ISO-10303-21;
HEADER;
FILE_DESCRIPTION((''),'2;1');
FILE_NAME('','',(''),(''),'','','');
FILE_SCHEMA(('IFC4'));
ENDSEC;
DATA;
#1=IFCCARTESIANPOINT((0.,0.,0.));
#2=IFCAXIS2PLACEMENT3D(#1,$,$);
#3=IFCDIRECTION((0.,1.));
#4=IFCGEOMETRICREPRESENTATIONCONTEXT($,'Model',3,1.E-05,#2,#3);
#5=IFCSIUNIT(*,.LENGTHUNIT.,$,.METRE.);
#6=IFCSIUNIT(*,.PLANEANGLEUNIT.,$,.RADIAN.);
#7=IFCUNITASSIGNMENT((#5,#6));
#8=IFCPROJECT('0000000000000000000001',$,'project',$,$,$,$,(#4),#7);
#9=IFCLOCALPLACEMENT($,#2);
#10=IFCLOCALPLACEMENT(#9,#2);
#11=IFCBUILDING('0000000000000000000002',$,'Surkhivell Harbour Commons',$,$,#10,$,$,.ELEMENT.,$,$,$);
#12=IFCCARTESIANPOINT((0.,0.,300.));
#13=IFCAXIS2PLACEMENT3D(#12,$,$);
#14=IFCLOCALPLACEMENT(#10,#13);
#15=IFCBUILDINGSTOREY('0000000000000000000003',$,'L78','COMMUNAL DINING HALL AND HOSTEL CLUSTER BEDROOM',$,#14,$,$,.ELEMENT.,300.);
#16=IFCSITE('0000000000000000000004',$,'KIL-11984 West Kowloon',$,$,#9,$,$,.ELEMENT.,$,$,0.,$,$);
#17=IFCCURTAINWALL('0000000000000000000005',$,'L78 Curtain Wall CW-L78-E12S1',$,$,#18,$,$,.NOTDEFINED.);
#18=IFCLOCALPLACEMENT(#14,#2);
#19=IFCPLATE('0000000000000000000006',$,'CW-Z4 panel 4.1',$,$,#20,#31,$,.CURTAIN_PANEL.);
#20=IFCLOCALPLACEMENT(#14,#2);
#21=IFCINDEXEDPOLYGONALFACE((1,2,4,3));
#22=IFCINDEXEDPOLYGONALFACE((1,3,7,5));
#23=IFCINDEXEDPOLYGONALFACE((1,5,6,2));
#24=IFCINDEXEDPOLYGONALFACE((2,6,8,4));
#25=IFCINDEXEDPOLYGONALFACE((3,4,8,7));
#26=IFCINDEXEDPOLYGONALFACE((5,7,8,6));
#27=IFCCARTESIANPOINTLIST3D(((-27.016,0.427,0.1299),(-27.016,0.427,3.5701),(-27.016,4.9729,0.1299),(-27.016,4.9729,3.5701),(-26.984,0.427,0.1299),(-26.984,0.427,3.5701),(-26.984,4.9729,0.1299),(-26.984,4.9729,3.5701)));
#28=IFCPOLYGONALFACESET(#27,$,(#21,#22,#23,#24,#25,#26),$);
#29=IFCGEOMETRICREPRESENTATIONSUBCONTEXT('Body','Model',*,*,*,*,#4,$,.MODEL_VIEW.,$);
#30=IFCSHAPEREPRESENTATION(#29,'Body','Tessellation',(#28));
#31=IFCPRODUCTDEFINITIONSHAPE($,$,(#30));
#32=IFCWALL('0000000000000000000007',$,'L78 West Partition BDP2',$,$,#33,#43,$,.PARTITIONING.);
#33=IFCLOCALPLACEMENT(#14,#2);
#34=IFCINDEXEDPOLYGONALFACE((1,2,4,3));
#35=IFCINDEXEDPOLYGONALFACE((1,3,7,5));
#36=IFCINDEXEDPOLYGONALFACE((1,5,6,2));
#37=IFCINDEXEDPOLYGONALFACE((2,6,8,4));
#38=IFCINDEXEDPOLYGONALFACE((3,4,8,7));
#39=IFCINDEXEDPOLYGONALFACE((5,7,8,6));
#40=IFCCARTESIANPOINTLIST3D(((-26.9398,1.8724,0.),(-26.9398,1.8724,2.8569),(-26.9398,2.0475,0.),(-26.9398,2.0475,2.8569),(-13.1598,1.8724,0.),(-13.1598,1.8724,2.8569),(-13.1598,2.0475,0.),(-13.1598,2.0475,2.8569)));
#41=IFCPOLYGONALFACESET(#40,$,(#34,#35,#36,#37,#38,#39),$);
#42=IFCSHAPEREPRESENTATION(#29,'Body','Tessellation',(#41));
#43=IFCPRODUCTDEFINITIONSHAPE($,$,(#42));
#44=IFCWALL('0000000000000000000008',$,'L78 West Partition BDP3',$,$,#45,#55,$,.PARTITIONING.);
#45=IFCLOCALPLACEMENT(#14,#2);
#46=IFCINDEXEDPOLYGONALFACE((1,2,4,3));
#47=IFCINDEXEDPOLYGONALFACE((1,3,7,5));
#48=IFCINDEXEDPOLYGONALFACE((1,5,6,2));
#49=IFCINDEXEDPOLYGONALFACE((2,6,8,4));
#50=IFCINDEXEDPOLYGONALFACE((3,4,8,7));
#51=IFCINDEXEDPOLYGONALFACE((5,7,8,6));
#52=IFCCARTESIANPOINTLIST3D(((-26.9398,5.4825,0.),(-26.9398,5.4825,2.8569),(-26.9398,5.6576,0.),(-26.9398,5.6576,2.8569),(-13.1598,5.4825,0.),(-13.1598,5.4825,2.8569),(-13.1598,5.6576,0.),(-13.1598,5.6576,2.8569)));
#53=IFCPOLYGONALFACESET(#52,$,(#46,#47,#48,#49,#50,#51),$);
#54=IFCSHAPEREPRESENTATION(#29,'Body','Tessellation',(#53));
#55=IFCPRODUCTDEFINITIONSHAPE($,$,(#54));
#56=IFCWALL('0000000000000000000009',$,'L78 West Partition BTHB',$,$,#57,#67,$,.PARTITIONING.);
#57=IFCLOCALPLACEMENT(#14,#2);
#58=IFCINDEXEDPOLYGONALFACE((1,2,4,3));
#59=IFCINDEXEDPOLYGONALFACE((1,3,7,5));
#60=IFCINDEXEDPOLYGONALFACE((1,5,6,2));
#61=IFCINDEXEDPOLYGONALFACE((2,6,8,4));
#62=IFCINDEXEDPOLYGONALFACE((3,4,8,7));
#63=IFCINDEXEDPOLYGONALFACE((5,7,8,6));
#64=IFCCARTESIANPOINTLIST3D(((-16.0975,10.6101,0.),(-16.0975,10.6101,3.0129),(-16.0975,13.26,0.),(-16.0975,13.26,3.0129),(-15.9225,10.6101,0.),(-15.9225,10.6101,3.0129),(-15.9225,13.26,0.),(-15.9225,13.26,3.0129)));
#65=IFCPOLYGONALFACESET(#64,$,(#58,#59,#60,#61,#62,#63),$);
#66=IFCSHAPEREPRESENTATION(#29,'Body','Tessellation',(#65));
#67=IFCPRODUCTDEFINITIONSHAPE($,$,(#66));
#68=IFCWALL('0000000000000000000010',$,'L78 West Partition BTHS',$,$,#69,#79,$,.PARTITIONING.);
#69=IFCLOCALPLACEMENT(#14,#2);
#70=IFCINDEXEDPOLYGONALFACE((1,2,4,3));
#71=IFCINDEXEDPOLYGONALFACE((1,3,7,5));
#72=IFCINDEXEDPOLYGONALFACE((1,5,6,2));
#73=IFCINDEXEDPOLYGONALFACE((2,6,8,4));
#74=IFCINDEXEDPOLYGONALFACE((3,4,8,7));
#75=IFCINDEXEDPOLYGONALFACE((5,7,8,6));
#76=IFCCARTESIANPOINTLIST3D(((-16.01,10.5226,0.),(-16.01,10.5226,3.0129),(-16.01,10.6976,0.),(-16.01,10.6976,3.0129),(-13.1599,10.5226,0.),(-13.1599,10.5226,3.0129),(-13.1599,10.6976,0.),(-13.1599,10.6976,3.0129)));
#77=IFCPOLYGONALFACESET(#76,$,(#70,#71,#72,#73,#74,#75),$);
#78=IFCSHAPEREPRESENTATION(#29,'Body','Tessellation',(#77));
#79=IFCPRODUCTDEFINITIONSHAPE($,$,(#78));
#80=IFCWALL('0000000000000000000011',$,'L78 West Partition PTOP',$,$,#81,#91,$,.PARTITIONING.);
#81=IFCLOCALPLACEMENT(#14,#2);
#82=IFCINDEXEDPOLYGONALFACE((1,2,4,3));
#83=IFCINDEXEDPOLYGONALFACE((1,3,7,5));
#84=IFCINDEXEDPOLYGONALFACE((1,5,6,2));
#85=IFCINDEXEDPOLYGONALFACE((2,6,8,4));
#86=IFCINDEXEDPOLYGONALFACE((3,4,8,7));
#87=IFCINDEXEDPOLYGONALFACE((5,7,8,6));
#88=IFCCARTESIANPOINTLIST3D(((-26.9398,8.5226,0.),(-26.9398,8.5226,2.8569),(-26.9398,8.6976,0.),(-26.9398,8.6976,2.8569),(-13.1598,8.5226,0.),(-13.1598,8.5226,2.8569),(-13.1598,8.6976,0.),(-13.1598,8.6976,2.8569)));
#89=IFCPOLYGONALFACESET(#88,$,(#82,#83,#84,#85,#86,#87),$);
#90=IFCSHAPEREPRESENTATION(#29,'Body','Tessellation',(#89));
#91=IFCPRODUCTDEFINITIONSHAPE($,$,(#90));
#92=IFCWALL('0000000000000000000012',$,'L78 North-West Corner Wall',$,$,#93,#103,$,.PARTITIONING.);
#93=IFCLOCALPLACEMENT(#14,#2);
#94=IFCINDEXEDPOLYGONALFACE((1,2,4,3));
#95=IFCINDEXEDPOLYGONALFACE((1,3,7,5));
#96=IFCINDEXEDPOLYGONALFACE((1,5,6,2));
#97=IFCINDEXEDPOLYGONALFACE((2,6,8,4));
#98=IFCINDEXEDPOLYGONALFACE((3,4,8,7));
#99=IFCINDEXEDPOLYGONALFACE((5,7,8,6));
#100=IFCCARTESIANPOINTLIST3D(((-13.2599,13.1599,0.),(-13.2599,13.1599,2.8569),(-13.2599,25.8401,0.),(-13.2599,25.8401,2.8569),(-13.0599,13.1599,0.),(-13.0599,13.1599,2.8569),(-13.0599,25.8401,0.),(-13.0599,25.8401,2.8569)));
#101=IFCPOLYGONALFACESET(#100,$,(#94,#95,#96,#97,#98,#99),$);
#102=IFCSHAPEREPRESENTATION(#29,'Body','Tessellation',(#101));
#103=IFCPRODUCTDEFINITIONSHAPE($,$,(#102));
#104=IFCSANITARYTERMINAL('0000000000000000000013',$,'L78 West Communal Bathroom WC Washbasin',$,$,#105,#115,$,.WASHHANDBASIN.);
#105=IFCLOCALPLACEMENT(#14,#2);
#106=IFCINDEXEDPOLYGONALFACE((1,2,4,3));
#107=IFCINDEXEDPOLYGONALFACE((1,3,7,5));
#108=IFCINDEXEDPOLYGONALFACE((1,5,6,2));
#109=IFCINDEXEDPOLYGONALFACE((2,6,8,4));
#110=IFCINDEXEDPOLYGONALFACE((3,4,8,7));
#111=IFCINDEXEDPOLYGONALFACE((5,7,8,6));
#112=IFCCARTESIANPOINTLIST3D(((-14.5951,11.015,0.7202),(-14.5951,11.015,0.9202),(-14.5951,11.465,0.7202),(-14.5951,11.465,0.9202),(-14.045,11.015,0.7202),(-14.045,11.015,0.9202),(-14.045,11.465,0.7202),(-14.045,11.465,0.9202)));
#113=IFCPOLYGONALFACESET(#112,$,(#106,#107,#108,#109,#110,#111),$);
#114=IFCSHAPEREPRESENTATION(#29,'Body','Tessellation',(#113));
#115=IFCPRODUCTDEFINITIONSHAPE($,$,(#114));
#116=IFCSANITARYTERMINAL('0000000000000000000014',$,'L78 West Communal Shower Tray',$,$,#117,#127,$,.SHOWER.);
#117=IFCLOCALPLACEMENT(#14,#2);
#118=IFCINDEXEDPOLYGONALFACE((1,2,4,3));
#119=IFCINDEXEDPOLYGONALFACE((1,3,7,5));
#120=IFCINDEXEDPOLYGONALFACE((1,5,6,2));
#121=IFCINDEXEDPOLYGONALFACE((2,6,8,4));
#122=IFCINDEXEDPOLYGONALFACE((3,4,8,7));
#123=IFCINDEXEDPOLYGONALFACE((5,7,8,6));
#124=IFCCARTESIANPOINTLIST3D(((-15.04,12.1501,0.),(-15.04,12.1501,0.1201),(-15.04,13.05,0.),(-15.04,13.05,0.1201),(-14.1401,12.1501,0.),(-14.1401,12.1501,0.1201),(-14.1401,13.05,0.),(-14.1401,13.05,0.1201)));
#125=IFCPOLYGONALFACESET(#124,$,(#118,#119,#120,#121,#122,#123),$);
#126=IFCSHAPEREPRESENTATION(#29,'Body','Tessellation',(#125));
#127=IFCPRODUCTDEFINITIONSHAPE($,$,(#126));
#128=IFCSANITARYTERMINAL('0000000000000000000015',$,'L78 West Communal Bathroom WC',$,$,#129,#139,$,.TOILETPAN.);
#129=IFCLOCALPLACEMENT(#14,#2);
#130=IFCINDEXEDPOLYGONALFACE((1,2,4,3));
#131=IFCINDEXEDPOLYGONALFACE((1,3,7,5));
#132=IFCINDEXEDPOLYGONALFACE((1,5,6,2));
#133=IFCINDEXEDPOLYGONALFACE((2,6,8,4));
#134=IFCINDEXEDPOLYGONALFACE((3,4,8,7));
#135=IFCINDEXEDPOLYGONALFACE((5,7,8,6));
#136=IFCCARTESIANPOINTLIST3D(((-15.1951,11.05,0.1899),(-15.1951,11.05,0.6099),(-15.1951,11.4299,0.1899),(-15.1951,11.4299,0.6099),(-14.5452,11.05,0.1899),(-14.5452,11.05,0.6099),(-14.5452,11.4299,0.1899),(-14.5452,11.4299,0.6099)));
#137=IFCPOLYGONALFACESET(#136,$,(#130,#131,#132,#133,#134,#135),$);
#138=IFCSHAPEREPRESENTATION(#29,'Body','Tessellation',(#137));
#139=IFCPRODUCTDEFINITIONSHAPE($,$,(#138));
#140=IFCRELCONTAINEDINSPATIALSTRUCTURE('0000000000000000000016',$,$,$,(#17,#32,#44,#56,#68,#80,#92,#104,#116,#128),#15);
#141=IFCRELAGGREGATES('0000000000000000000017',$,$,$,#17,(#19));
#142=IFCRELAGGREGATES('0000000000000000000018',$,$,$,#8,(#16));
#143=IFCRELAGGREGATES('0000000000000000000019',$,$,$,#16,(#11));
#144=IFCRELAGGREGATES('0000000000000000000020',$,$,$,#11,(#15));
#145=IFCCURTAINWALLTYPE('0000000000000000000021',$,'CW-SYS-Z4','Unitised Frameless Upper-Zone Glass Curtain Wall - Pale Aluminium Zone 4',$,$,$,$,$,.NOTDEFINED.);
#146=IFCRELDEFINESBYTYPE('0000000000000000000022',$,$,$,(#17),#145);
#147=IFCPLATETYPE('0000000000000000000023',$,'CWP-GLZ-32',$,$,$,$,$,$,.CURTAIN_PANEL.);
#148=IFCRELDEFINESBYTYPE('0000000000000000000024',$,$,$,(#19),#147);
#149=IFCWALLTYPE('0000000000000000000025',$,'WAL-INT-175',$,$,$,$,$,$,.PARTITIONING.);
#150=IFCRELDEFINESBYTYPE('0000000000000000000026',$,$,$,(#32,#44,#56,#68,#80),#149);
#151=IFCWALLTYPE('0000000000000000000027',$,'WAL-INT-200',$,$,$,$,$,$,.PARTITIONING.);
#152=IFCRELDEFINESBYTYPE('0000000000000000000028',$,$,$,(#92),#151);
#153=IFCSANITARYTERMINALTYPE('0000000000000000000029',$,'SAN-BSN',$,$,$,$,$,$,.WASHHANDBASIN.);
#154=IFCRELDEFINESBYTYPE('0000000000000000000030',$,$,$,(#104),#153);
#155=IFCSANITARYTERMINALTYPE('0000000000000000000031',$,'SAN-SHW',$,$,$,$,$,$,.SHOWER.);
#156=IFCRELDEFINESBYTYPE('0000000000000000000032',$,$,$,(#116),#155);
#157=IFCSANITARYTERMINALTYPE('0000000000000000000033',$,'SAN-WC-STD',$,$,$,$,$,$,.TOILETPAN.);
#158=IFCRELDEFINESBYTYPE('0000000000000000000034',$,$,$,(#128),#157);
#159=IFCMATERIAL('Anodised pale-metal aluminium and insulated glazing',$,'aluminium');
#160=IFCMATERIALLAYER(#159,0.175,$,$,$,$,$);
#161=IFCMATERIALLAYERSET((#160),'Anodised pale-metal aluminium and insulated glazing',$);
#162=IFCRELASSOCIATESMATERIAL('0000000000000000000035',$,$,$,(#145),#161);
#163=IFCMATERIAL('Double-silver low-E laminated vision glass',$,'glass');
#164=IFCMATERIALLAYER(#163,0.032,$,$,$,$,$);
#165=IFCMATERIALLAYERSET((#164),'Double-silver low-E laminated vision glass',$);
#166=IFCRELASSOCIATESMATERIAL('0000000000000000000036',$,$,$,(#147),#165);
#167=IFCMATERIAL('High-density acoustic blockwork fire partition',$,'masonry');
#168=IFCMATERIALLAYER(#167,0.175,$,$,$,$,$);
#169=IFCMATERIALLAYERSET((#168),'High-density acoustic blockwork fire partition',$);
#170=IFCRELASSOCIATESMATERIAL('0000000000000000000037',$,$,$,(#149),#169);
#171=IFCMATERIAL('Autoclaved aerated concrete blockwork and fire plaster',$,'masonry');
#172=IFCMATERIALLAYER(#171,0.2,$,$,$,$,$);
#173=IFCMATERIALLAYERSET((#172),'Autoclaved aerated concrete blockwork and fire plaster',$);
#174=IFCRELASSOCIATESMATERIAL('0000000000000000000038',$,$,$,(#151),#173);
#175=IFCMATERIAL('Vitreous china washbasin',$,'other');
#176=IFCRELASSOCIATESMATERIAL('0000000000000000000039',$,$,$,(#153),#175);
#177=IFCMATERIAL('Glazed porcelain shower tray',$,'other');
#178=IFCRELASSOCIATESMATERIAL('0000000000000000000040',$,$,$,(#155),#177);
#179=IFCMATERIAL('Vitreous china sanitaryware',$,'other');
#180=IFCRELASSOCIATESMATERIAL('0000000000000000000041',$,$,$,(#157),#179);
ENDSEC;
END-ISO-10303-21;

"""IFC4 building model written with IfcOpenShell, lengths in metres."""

from ifc_helpers import new_model, si_unit, direction, frame, frame_2d, origin, origin_2d, place, context, subcontext, project, spatial, rectangle, extrude, material, layer, layer_set, type_object, element, aggregate, save


model = new_model("IFC4")

# Units and contexts
model_context = context("Model", 3, precision=1e-05, world=origin(), true_north=direction((0.0, 1.0)))
body_context = subcontext(model_context, "Body", "Model", "MODEL_VIEW")
ifc_project = project(units=[si_unit("LENGTHUNIT", "METRE"), si_unit("PLANEANGLEUNIT", "RADIAN")], contexts=[model_context])

# Site, building, storey
site_placement = place(None, origin())
site = spatial("IfcSite", under=ifc_project, at=site_placement, Name="KIL-11984 West Kowloon", CompositionType="ELEMENT", RefElevation=0.0)
building_placement = place(site_placement, origin())
building = spatial("IfcBuilding", under=site, at=building_placement, Name="Surkhivell Harbour Commons", CompositionType="ELEMENT")
storey_placement = place(building_placement, frame((0.0, 0.0, 300.0)))
storey = spatial("IfcBuildingStorey", under=building, at=storey_placement, Name="L78", Description="COMMUNAL DINING HALL AND HOSTEL CLUSTER BEDROOM", CompositionType="ELEMENT", Elevation=300.0)

# Curtain wall, plate
ifc_material_1 = material(Name="Anodised pale-metal aluminium and insulated glazing", Category="aluminium")
ifc_layer_1 = layer(ifc_material_1, 0.175)
ifc_layer_set_1 = layer_set([ifc_layer_1], Name="Anodised pale-metal aluminium and insulated glazing")
curtain_wall_type = type_object("IfcCurtainWallType", Name="CW-SYS-Z4", Description="Unitised Frameless Upper-Zone Glass Curtain Wall - Pale Aluminium Zone 4", PredefinedType="NOTDEFINED", material=ifc_layer_set_1)
curtain_wall_placement = place(storey_placement, origin())
curtain_wall = element("IfcCurtainWall", 1, at=curtain_wall_placement, inside=storey, type_object=curtain_wall_type, Name="L78 Curtain Wall CW-L78-E12S1", PredefinedType="NOTDEFINED")
ifc_material_2 = material(Name="Double-silver low-E laminated vision glass", Category="glass")
ifc_layer_2 = layer(ifc_material_2, 0.032)
ifc_layer_set_2 = layer_set([ifc_layer_2], Name="Double-silver low-E laminated vision glass")
plate_type = type_object("IfcPlateType", Name="CWP-GLZ-32", PredefinedType="CURTAIN_PANEL", material=ifc_layer_set_2)
plate_1_placement = place(storey_placement, frame((-27.0, 4.9729, 0.1299), z_axis=(0.0, 0.0, 1.0), x_axis=(0.0, -1.0, 0.0)))
plate_1 = element("IfcPlate", 2, at=plate_1_placement, type_object=plate_type, Name="CW-Z4 panel 4.1", PredefinedType="CURTAIN_PANEL", context=body_context, shape_type="SweptSolid", body=[
    extrude(rectangle(XDim=4.5459, YDim=0.032, at=frame_2d((2.2729, 0.0))), origin(), (0.0, 0.0, 1.0), 3.4402),
])
aggregate(curtain_wall, [plate_1])

# Walls
ifc_material_3 = material(Name="High-density acoustic blockwork fire partition", Category="masonry")
ifc_layer_3 = layer(ifc_material_3, 0.175)
ifc_layer_set_3 = layer_set([ifc_layer_3], Name="High-density acoustic blockwork fire partition")
wall_type_1 = type_object("IfcWallType", Name="WAL-INT-175", PredefinedType="PARTITIONING", material=ifc_layer_set_3)
for number, where, z_axis, x_axis, name in (
    (3, (-26.9399, 1.96, 0.0), (0.0, 0.0, 1.0), (1.0, 0.0, 0.0), "L78 West Partition BDP2"),
    (4, (-26.9399, 5.5701, 0.0), (0.0, 0.0, 1.0), (1.0, 0.0, 0.0), "L78 West Partition BDP3"),
):
    element("IfcWall", number, at=place(storey_placement, frame(where, z_axis=z_axis, x_axis=x_axis)), inside=storey, type_object=wall_type_1, Name=name, PredefinedType="PARTITIONING", context=body_context, shape_type="SweptSolid", body=[
        extrude(rectangle(XDim=13.78, YDim=0.175, at=frame_2d((6.8901, 0.0))), origin(), (0.0, 0.0, 1.0), 2.8569),
    ])
wall_1_placement = place(storey_placement, frame((-16.01, 10.6101, 0.0), z_axis=(0.0, 0.0, 1.0), x_axis=(0.0, 1.0, 0.0)))
element("IfcWall", 5, at=wall_1_placement, inside=storey, type_object=wall_type_1, Name="L78 West Partition BTHB", PredefinedType="PARTITIONING", context=body_context, shape_type="SweptSolid", body=[
    extrude(rectangle(XDim=2.6499, YDim=0.175, at=frame_2d((1.325, 0.0))), origin(), (0.0, 0.0, 1.0), 3.0129),
])
wall_2_placement = place(storey_placement, frame((-16.01, 10.6101, 0.0), z_axis=(0.0, 0.0, 1.0), x_axis=(1.0, 0.0, 0.0)))
element("IfcWall", 6, at=wall_2_placement, inside=storey, type_object=wall_type_1, Name="L78 West Partition BTHS", PredefinedType="PARTITIONING", context=body_context, shape_type="SweptSolid", body=[
    extrude(rectangle(XDim=2.8501, YDim=0.175, at=frame_2d((1.425, 0.0))), origin(), (0.0, 0.0, 1.0), 3.0129),
])
wall_3_placement = place(storey_placement, frame((-26.9399, 8.6101, 0.0), z_axis=(0.0, 0.0, 1.0), x_axis=(1.0, 0.0, 0.0)))
element("IfcWall", 7, at=wall_3_placement, inside=storey, type_object=wall_type_1, Name="L78 West Partition PTOP", PredefinedType="PARTITIONING", context=body_context, shape_type="SweptSolid", body=[
    extrude(rectangle(XDim=13.78, YDim=0.175, at=frame_2d((6.8901, 0.0))), origin(), (0.0, 0.0, 1.0), 2.8569),
])
ifc_material_4 = material(Name="Autoclaved aerated concrete blockwork and fire plaster", Category="masonry")
ifc_layer_4 = layer(ifc_material_4, 0.2)
ifc_layer_set_4 = layer_set([ifc_layer_4], Name="Autoclaved aerated concrete blockwork and fire plaster")
wall_type_2 = type_object("IfcWallType", Name="WAL-INT-200", PredefinedType="PARTITIONING", material=ifc_layer_set_4)
wall_4_placement = place(storey_placement, frame((-13.1599, 13.1599, 0.0), z_axis=(0.0, 0.0, 1.0), x_axis=(0.0, 1.0, 0.0)))
element("IfcWall", 8, at=wall_4_placement, inside=storey, type_object=wall_type_2, Name="L78 North-West Corner Wall", PredefinedType="PARTITIONING", context=body_context, shape_type="SweptSolid", body=[
    extrude(rectangle(XDim=12.6802, YDim=0.2, at=frame_2d((6.3401, 0.0))), origin(), (0.0, 0.0, 1.0), 2.8569),
])

# Sanitary terminals
ifc_material_5 = material(Name="Vitreous china washbasin", Category="other")
sanitary_terminal_type_1 = type_object("IfcSanitaryTerminalType", Name="SAN-BSN", PredefinedType="WASHHANDBASIN", material=ifc_material_5)
sanitary_terminal_1_placement = place(storey_placement, frame((-14.3201, 11.24, 0.7202), z_axis=(0.0, 0.0, 1.0), x_axis=(1.0, 0.0, 0.0)))
element("IfcSanitaryTerminal", 9, at=sanitary_terminal_1_placement, inside=storey, type_object=sanitary_terminal_type_1, Name="L78 West Communal Bathroom WC Washbasin", PredefinedType="WASHHANDBASIN", context=body_context, shape_type="SweptSolid", body=[
    extrude(rectangle(XDim=0.55, YDim=0.45, at=origin_2d()), origin(), (0.0, 0.0, 1.0), 0.2),
])
ifc_material_6 = material(Name="Glazed porcelain shower tray", Category="other")
sanitary_terminal_type_2 = type_object("IfcSanitaryTerminalType", Name="SAN-SHW", PredefinedType="SHOWER", material=ifc_material_6)
sanitary_terminal_2_placement = place(storey_placement, frame((-14.5901, 12.6001, 0.0), z_axis=(0.0, 0.0, 1.0), x_axis=(1.0, 0.0, 0.0)))
element("IfcSanitaryTerminal", 10, at=sanitary_terminal_2_placement, inside=storey, type_object=sanitary_terminal_type_2, Name="L78 West Communal Shower Tray", PredefinedType="SHOWER", context=body_context, shape_type="SweptSolid", body=[
    extrude(rectangle(XDim=0.8999, YDim=0.8999, at=origin_2d()), origin(), (0.0, 0.0, 1.0), 0.1201),
])
ifc_material_7 = material(Name="Vitreous china sanitaryware", Category="other")
sanitary_terminal_type_3 = type_object("IfcSanitaryTerminalType", Name="SAN-WC-STD", PredefinedType="TOILETPAN", material=ifc_material_7)
sanitary_terminal_3_placement = place(storey_placement, frame((-14.8701, 11.24, 0.1899), z_axis=(0.0, 0.0, 1.0), x_axis=(1.0, 0.0, 0.0)))
element("IfcSanitaryTerminal", 11, at=sanitary_terminal_3_placement, inside=storey, type_object=sanitary_terminal_type_3, Name="L78 West Communal Bathroom WC", PredefinedType="TOILETPAN", context=body_context, shape_type="SweptSolid", body=[
    extrude(rectangle(XDim=0.6499, YDim=0.3799, at=origin_2d()), origin(), (0.0, 0.0, 1.0), 0.4199),
])

save(model, "model.ifc")
